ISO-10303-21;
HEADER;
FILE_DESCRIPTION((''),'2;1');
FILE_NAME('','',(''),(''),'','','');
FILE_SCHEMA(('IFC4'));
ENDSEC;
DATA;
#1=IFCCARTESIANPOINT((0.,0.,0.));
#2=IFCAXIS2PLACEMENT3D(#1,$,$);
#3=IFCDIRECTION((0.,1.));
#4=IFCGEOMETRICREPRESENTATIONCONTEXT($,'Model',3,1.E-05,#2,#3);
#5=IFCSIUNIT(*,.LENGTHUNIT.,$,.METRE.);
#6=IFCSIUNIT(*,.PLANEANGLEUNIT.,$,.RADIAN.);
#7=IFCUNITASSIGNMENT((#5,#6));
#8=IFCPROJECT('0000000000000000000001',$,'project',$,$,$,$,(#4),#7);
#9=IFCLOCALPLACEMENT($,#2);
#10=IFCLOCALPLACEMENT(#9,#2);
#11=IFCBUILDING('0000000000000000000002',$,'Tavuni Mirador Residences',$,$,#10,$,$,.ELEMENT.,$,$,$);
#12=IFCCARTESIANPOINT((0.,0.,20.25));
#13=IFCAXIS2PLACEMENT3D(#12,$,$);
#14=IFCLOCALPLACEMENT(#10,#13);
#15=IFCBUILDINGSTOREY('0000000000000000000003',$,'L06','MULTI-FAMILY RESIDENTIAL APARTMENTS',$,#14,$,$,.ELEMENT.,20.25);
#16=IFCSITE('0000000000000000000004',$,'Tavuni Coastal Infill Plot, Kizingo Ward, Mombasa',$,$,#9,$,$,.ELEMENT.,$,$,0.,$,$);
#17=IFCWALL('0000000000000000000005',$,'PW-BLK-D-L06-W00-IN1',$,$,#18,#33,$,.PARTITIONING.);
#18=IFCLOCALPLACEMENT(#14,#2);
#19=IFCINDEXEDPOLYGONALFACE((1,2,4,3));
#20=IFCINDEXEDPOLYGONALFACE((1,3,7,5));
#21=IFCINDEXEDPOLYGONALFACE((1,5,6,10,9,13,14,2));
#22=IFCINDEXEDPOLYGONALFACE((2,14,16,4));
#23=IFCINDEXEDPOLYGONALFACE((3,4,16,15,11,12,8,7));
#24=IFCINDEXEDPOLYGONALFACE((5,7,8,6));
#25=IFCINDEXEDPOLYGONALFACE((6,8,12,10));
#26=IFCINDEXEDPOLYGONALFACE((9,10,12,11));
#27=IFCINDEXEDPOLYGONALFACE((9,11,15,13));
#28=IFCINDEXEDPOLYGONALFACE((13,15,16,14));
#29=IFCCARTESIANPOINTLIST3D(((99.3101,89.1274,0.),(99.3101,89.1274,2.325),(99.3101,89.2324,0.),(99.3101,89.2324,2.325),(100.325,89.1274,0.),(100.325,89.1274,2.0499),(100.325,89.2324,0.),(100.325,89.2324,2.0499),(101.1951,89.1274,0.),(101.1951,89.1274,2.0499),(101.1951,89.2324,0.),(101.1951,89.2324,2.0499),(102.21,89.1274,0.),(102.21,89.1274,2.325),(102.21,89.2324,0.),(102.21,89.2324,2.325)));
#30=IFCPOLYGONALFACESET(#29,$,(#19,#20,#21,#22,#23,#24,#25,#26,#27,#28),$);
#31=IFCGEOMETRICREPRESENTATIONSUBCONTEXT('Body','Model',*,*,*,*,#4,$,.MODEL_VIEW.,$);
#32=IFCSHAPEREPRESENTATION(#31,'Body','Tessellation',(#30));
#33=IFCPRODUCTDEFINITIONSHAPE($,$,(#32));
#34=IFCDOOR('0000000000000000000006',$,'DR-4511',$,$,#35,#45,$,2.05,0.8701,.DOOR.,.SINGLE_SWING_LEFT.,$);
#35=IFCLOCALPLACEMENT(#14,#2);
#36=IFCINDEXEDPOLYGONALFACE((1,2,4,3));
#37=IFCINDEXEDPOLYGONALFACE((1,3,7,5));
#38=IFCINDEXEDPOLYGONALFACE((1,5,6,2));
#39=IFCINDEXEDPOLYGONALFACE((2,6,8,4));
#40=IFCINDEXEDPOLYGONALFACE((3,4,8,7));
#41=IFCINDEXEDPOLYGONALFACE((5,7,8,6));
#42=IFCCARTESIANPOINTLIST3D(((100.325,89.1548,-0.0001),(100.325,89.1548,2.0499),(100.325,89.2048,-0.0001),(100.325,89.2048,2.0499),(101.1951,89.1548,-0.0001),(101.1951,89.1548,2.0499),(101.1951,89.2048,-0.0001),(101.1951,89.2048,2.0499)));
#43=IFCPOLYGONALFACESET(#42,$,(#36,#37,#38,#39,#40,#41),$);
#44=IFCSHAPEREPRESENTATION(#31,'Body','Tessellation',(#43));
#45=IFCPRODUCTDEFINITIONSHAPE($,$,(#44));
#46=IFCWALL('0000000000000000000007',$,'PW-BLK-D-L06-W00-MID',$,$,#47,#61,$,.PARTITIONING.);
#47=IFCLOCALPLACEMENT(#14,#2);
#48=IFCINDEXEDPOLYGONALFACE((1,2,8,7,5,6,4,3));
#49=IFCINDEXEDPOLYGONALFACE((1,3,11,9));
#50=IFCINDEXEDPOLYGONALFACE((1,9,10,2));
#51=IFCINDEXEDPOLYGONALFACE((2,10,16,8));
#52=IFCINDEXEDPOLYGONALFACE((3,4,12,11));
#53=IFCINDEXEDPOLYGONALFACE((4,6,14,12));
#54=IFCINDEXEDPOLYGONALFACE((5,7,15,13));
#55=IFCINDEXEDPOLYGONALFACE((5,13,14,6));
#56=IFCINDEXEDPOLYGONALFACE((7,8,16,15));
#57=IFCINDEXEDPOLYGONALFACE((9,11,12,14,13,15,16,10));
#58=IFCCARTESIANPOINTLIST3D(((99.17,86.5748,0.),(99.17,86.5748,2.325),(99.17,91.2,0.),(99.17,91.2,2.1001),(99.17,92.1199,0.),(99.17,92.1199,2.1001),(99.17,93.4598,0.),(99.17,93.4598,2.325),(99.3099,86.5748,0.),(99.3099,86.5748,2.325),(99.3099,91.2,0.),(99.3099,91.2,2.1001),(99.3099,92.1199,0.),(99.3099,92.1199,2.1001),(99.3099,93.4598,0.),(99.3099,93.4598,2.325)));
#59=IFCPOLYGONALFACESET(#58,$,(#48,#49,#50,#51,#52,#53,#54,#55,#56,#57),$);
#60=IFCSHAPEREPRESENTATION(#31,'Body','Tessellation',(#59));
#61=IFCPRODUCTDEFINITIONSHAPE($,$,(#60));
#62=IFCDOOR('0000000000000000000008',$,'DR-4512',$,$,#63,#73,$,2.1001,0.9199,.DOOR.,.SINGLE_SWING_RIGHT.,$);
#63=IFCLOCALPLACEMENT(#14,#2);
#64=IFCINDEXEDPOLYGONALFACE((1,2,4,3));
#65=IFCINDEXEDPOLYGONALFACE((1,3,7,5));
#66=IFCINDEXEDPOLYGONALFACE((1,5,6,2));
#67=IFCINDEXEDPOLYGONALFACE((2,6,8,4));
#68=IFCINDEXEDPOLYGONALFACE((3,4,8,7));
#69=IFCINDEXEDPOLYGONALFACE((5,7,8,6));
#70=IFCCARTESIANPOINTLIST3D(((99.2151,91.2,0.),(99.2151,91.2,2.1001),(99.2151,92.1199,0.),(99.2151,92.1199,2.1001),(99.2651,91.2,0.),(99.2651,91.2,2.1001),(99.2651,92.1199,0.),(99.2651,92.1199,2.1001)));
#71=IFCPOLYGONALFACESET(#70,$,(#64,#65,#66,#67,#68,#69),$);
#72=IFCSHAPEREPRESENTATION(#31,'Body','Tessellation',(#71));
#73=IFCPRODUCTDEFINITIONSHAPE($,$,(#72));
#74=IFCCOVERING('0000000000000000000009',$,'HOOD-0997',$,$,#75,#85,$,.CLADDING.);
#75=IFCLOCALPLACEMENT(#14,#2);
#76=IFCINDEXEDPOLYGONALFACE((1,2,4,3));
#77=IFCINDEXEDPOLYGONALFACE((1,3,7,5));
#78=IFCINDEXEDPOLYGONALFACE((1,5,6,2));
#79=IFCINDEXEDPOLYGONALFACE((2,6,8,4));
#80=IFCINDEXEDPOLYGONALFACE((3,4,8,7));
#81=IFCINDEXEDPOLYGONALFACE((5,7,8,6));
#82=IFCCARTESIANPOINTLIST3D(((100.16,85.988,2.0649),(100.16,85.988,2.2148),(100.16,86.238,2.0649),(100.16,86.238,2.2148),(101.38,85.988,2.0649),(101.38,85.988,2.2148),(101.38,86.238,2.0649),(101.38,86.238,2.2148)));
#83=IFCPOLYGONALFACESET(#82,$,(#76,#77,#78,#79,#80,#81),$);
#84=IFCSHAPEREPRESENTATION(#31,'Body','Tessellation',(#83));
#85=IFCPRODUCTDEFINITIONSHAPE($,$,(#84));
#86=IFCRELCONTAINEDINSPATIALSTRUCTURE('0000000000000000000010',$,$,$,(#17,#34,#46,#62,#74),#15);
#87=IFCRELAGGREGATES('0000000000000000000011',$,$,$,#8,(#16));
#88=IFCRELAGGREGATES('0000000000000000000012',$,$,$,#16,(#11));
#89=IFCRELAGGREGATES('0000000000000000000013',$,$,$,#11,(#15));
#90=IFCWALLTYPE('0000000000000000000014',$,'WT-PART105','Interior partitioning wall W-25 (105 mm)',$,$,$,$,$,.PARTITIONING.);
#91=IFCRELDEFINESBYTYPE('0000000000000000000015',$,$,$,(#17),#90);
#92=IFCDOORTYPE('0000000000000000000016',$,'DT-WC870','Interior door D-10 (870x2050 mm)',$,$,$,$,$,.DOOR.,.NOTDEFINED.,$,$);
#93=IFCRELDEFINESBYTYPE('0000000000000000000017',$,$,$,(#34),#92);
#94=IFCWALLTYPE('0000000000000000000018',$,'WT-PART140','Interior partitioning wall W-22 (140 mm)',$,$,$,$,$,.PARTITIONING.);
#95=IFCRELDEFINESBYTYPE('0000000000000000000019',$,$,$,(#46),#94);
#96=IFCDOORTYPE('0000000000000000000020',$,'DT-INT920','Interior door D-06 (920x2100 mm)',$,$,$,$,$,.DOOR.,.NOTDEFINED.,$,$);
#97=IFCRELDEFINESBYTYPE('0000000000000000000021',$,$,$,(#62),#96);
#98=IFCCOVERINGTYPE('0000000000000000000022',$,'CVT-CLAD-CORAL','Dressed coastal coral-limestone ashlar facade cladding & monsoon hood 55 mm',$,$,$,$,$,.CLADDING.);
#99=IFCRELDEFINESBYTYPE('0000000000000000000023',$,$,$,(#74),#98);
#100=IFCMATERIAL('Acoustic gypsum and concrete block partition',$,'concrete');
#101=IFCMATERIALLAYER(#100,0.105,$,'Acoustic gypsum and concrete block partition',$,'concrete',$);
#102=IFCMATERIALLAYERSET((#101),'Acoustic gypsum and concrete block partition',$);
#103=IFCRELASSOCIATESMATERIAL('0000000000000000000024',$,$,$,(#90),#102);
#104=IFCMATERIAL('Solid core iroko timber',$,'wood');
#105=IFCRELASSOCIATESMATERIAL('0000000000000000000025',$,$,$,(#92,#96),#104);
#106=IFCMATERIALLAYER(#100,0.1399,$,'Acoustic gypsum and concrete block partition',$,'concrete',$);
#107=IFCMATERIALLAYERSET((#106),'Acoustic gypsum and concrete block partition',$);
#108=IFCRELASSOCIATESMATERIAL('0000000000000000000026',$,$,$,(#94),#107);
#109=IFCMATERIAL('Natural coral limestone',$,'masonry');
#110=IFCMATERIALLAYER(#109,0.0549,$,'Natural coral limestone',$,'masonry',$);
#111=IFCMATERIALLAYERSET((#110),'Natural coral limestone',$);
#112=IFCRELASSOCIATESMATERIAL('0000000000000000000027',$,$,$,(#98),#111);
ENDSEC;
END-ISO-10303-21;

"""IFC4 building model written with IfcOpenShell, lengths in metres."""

from ifc_helpers import new_model, si_unit, direction, frame, frame_2d, origin, origin_2d, place, context, subcontext, project, spatial, rectangle, extrude, material, layer, layer_set, type_object, element, fill, save


model = new_model("IFC4")

# Units and contexts
model_context = context("Model", 3, precision=1e-05, world=origin(), true_north=direction((0.0, 1.0)))
body_context = subcontext(model_context, "Body", "Model", "MODEL_VIEW")
ifc_project = project(units=[si_unit("LENGTHUNIT", "METRE"), si_unit("PLANEANGLEUNIT", "RADIAN")], contexts=[model_context])

# Site, building, storey
site_placement = place(None, origin())
site = spatial("IfcSite", under=ifc_project, at=site_placement, Name="Tavuni Coastal Infill Plot, Kizingo Ward, Mombasa", CompositionType="ELEMENT", RefElevation=0.0)
building_placement = place(site_placement, origin())
building = spatial("IfcBuilding", under=site, at=building_placement, Name="Tavuni Mirador Residences", CompositionType="ELEMENT")
storey_placement = place(building_placement, frame((0.0, 0.0, 20.25)))
storey = spatial("IfcBuildingStorey", under=building, at=storey_placement, Name="L06", Description="MULTI-FAMILY RESIDENTIAL APARTMENTS", CompositionType="ELEMENT", Elevation=20.25)

# Walls, openings, doors
ifc_material_1 = material(Name="Solid core iroko timber", Category="wood")
ifc_material_2 = material(Name="Acoustic gypsum and concrete block partition", Category="concrete")
ifc_layer_1 = layer(ifc_material_2, 0.105, Name="Acoustic gypsum and concrete block partition", Category="concrete")
ifc_layer_set_1 = layer_set([ifc_layer_1], Name="Acoustic gypsum and concrete block partition")
wall_type_1 = type_object("IfcWallType", Name="WT-PART105", Description="Interior partitioning wall W-25 (105 mm)", PredefinedType="PARTITIONING", material=ifc_layer_set_1)
wall_1_placement = place(storey_placement, frame((99.3101, 89.1799, 0.0), z_axis=(0.0, 0.0, 1.0), x_axis=(1.0, 0.0, 0.0)))
wall_1 = element("IfcWall", 1, at=wall_1_placement, inside=storey, type_object=wall_type_1, Name="PW-BLK-D-L06-W00-IN1", PredefinedType="PARTITIONING", context=body_context, shape_type="SweptSolid", body=[
    extrude(rectangle(XDim=2.8999, YDim=0.105, at=frame_2d((1.45, 0.0))), origin(), (0.0, 0.0, 1.0), 2.325),
])
opening_1_placement = place(wall_1_placement, frame((1.0149, 0.0, 0.0)))
opening_1 = element("IfcOpeningElement", 2, at=opening_1_placement, cuts=wall_1, PredefinedType="OPENING", context=body_context, shape_type="SweptSolid", body=[
    extrude(rectangle(XDim=0.8701, YDim=2.05, at=frame_2d((0.4351, 1.0249))), frame((0.0, 0.0625, 0.0), z_axis=(0.0, -1.0, 0.0), x_axis=(1.0, 0.0, 0.0)), (0.0, 0.0, 1.0), 0.125),
])
door_type_1 = type_object("IfcDoorType", Name="DT-WC870", Description="Interior door D-10 (870x2050 mm)", OperationType="NOTDEFINED", PredefinedType="DOOR", material=ifc_material_1)
door_1_placement = place(opening_1_placement, origin())
door_1 = element("IfcDoor", 3, at=door_1_placement, inside=storey, type_object=door_type_1, Name="DR-4511", OperationType="SINGLE_SWING_LEFT", OverallHeight=2.05, OverallWidth=0.8701, PredefinedType="DOOR", context=body_context, shape_type="SweptSolid", body=[
    extrude(rectangle(XDim=0.8701, YDim=2.05, at=frame_2d((0.4351, 1.0249))), frame((0.0, 0.0249, 0.0), z_axis=(0.0, -1.0, 0.0), x_axis=(1.0, 0.0, 0.0)), (0.0, 0.0, 1.0), 0.05),
])
fill(opening_1, door_1)
ifc_layer_2 = layer(ifc_material_2, 0.1399, Name="Acoustic gypsum and concrete block partition", Category="concrete")
ifc_layer_set_2 = layer_set([ifc_layer_2], Name="Acoustic gypsum and concrete block partition")
wall_type_2 = type_object("IfcWallType", Name="WT-PART140", Description="Interior partitioning wall W-22 (140 mm)", PredefinedType="PARTITIONING", material=ifc_layer_set_2)
wall_2_placement = place(storey_placement, frame((99.24, 86.575, 0.0), z_axis=(0.0, 0.0, 1.0), x_axis=(0.0, 1.0, 0.0)))
wall_2 = element("IfcWall", 4, at=wall_2_placement, inside=storey, type_object=wall_type_2, Name="PW-BLK-D-L06-W00-MID", PredefinedType="PARTITIONING", context=body_context, shape_type="SweptSolid", body=[
    extrude(rectangle(XDim=6.885, YDim=0.1399, at=frame_2d((3.4424, 0.0))), origin(), (0.0, 0.0, 1.0), 2.325),
])
opening_2_placement = place(wall_2_placement, frame((4.625, 0.0, 0.0)))
opening_2 = element("IfcOpeningElement", 5, at=opening_2_placement, cuts=wall_2, PredefinedType="OPENING", context=body_context, shape_type="SweptSolid", body=[
    extrude(rectangle(XDim=0.9199, YDim=2.1001, at=frame_2d((0.46, 1.05))), frame((0.0, 0.0801, 0.0), z_axis=(0.0, -1.0, 0.0), x_axis=(1.0, 0.0, 0.0)), (0.0, 0.0, 1.0), 0.1599),
])
door_type_2 = type_object("IfcDoorType", Name="DT-INT920", Description="Interior door D-06 (920x2100 mm)", OperationType="NOTDEFINED", PredefinedType="DOOR", material=ifc_material_1)
door_2_placement = place(opening_2_placement, origin())
door_2 = element("IfcDoor", 6, at=door_2_placement, inside=storey, type_object=door_type_2, Name="DR-4512", OperationType="SINGLE_SWING_RIGHT", OverallHeight=2.1001, OverallWidth=0.9199, PredefinedType="DOOR", context=body_context, shape_type="SweptSolid", body=[
    extrude(rectangle(XDim=0.9199, YDim=2.1001, at=frame_2d((0.46, 1.05))), frame((0.0, 0.0249, 0.0), z_axis=(0.0, -1.0, 0.0), x_axis=(1.0, 0.0, 0.0)), (0.0, 0.0, 1.0), 0.05),
])
fill(opening_2, door_2)

# Covering
ifc_material_3 = material(Name="Natural coral limestone", Category="masonry")
ifc_layer_3 = layer(ifc_material_3, 0.0549, Name="Natural coral limestone", Category="masonry")
ifc_layer_set_3 = layer_set([ifc_layer_3], Name="Natural coral limestone")
covering_type = type_object("IfcCoveringType", Name="CVT-CLAD-CORAL", Description="Dressed coastal coral-limestone ashlar facade cladding & monsoon hood 55 mm", PredefinedType="CLADDING", material=ifc_layer_set_3)
covering_placement = place(storey_placement, frame((100.77, 86.113, 2.0649), z_axis=(0.0, 0.0, 1.0), x_axis=(1.0, 0.0, 0.0)))
element("IfcCovering", 7, at=covering_placement, inside=storey, type_object=covering_type, Name="HOOD-0997", PredefinedType="CLADDING", context=body_context, shape_type="SweptSolid", body=[
    extrude(rectangle(XDim=1.22, YDim=0.25, at=origin_2d()), origin(), (0.0, 0.0, 1.0), 0.1499),
])

save(model, "model.ifc")
